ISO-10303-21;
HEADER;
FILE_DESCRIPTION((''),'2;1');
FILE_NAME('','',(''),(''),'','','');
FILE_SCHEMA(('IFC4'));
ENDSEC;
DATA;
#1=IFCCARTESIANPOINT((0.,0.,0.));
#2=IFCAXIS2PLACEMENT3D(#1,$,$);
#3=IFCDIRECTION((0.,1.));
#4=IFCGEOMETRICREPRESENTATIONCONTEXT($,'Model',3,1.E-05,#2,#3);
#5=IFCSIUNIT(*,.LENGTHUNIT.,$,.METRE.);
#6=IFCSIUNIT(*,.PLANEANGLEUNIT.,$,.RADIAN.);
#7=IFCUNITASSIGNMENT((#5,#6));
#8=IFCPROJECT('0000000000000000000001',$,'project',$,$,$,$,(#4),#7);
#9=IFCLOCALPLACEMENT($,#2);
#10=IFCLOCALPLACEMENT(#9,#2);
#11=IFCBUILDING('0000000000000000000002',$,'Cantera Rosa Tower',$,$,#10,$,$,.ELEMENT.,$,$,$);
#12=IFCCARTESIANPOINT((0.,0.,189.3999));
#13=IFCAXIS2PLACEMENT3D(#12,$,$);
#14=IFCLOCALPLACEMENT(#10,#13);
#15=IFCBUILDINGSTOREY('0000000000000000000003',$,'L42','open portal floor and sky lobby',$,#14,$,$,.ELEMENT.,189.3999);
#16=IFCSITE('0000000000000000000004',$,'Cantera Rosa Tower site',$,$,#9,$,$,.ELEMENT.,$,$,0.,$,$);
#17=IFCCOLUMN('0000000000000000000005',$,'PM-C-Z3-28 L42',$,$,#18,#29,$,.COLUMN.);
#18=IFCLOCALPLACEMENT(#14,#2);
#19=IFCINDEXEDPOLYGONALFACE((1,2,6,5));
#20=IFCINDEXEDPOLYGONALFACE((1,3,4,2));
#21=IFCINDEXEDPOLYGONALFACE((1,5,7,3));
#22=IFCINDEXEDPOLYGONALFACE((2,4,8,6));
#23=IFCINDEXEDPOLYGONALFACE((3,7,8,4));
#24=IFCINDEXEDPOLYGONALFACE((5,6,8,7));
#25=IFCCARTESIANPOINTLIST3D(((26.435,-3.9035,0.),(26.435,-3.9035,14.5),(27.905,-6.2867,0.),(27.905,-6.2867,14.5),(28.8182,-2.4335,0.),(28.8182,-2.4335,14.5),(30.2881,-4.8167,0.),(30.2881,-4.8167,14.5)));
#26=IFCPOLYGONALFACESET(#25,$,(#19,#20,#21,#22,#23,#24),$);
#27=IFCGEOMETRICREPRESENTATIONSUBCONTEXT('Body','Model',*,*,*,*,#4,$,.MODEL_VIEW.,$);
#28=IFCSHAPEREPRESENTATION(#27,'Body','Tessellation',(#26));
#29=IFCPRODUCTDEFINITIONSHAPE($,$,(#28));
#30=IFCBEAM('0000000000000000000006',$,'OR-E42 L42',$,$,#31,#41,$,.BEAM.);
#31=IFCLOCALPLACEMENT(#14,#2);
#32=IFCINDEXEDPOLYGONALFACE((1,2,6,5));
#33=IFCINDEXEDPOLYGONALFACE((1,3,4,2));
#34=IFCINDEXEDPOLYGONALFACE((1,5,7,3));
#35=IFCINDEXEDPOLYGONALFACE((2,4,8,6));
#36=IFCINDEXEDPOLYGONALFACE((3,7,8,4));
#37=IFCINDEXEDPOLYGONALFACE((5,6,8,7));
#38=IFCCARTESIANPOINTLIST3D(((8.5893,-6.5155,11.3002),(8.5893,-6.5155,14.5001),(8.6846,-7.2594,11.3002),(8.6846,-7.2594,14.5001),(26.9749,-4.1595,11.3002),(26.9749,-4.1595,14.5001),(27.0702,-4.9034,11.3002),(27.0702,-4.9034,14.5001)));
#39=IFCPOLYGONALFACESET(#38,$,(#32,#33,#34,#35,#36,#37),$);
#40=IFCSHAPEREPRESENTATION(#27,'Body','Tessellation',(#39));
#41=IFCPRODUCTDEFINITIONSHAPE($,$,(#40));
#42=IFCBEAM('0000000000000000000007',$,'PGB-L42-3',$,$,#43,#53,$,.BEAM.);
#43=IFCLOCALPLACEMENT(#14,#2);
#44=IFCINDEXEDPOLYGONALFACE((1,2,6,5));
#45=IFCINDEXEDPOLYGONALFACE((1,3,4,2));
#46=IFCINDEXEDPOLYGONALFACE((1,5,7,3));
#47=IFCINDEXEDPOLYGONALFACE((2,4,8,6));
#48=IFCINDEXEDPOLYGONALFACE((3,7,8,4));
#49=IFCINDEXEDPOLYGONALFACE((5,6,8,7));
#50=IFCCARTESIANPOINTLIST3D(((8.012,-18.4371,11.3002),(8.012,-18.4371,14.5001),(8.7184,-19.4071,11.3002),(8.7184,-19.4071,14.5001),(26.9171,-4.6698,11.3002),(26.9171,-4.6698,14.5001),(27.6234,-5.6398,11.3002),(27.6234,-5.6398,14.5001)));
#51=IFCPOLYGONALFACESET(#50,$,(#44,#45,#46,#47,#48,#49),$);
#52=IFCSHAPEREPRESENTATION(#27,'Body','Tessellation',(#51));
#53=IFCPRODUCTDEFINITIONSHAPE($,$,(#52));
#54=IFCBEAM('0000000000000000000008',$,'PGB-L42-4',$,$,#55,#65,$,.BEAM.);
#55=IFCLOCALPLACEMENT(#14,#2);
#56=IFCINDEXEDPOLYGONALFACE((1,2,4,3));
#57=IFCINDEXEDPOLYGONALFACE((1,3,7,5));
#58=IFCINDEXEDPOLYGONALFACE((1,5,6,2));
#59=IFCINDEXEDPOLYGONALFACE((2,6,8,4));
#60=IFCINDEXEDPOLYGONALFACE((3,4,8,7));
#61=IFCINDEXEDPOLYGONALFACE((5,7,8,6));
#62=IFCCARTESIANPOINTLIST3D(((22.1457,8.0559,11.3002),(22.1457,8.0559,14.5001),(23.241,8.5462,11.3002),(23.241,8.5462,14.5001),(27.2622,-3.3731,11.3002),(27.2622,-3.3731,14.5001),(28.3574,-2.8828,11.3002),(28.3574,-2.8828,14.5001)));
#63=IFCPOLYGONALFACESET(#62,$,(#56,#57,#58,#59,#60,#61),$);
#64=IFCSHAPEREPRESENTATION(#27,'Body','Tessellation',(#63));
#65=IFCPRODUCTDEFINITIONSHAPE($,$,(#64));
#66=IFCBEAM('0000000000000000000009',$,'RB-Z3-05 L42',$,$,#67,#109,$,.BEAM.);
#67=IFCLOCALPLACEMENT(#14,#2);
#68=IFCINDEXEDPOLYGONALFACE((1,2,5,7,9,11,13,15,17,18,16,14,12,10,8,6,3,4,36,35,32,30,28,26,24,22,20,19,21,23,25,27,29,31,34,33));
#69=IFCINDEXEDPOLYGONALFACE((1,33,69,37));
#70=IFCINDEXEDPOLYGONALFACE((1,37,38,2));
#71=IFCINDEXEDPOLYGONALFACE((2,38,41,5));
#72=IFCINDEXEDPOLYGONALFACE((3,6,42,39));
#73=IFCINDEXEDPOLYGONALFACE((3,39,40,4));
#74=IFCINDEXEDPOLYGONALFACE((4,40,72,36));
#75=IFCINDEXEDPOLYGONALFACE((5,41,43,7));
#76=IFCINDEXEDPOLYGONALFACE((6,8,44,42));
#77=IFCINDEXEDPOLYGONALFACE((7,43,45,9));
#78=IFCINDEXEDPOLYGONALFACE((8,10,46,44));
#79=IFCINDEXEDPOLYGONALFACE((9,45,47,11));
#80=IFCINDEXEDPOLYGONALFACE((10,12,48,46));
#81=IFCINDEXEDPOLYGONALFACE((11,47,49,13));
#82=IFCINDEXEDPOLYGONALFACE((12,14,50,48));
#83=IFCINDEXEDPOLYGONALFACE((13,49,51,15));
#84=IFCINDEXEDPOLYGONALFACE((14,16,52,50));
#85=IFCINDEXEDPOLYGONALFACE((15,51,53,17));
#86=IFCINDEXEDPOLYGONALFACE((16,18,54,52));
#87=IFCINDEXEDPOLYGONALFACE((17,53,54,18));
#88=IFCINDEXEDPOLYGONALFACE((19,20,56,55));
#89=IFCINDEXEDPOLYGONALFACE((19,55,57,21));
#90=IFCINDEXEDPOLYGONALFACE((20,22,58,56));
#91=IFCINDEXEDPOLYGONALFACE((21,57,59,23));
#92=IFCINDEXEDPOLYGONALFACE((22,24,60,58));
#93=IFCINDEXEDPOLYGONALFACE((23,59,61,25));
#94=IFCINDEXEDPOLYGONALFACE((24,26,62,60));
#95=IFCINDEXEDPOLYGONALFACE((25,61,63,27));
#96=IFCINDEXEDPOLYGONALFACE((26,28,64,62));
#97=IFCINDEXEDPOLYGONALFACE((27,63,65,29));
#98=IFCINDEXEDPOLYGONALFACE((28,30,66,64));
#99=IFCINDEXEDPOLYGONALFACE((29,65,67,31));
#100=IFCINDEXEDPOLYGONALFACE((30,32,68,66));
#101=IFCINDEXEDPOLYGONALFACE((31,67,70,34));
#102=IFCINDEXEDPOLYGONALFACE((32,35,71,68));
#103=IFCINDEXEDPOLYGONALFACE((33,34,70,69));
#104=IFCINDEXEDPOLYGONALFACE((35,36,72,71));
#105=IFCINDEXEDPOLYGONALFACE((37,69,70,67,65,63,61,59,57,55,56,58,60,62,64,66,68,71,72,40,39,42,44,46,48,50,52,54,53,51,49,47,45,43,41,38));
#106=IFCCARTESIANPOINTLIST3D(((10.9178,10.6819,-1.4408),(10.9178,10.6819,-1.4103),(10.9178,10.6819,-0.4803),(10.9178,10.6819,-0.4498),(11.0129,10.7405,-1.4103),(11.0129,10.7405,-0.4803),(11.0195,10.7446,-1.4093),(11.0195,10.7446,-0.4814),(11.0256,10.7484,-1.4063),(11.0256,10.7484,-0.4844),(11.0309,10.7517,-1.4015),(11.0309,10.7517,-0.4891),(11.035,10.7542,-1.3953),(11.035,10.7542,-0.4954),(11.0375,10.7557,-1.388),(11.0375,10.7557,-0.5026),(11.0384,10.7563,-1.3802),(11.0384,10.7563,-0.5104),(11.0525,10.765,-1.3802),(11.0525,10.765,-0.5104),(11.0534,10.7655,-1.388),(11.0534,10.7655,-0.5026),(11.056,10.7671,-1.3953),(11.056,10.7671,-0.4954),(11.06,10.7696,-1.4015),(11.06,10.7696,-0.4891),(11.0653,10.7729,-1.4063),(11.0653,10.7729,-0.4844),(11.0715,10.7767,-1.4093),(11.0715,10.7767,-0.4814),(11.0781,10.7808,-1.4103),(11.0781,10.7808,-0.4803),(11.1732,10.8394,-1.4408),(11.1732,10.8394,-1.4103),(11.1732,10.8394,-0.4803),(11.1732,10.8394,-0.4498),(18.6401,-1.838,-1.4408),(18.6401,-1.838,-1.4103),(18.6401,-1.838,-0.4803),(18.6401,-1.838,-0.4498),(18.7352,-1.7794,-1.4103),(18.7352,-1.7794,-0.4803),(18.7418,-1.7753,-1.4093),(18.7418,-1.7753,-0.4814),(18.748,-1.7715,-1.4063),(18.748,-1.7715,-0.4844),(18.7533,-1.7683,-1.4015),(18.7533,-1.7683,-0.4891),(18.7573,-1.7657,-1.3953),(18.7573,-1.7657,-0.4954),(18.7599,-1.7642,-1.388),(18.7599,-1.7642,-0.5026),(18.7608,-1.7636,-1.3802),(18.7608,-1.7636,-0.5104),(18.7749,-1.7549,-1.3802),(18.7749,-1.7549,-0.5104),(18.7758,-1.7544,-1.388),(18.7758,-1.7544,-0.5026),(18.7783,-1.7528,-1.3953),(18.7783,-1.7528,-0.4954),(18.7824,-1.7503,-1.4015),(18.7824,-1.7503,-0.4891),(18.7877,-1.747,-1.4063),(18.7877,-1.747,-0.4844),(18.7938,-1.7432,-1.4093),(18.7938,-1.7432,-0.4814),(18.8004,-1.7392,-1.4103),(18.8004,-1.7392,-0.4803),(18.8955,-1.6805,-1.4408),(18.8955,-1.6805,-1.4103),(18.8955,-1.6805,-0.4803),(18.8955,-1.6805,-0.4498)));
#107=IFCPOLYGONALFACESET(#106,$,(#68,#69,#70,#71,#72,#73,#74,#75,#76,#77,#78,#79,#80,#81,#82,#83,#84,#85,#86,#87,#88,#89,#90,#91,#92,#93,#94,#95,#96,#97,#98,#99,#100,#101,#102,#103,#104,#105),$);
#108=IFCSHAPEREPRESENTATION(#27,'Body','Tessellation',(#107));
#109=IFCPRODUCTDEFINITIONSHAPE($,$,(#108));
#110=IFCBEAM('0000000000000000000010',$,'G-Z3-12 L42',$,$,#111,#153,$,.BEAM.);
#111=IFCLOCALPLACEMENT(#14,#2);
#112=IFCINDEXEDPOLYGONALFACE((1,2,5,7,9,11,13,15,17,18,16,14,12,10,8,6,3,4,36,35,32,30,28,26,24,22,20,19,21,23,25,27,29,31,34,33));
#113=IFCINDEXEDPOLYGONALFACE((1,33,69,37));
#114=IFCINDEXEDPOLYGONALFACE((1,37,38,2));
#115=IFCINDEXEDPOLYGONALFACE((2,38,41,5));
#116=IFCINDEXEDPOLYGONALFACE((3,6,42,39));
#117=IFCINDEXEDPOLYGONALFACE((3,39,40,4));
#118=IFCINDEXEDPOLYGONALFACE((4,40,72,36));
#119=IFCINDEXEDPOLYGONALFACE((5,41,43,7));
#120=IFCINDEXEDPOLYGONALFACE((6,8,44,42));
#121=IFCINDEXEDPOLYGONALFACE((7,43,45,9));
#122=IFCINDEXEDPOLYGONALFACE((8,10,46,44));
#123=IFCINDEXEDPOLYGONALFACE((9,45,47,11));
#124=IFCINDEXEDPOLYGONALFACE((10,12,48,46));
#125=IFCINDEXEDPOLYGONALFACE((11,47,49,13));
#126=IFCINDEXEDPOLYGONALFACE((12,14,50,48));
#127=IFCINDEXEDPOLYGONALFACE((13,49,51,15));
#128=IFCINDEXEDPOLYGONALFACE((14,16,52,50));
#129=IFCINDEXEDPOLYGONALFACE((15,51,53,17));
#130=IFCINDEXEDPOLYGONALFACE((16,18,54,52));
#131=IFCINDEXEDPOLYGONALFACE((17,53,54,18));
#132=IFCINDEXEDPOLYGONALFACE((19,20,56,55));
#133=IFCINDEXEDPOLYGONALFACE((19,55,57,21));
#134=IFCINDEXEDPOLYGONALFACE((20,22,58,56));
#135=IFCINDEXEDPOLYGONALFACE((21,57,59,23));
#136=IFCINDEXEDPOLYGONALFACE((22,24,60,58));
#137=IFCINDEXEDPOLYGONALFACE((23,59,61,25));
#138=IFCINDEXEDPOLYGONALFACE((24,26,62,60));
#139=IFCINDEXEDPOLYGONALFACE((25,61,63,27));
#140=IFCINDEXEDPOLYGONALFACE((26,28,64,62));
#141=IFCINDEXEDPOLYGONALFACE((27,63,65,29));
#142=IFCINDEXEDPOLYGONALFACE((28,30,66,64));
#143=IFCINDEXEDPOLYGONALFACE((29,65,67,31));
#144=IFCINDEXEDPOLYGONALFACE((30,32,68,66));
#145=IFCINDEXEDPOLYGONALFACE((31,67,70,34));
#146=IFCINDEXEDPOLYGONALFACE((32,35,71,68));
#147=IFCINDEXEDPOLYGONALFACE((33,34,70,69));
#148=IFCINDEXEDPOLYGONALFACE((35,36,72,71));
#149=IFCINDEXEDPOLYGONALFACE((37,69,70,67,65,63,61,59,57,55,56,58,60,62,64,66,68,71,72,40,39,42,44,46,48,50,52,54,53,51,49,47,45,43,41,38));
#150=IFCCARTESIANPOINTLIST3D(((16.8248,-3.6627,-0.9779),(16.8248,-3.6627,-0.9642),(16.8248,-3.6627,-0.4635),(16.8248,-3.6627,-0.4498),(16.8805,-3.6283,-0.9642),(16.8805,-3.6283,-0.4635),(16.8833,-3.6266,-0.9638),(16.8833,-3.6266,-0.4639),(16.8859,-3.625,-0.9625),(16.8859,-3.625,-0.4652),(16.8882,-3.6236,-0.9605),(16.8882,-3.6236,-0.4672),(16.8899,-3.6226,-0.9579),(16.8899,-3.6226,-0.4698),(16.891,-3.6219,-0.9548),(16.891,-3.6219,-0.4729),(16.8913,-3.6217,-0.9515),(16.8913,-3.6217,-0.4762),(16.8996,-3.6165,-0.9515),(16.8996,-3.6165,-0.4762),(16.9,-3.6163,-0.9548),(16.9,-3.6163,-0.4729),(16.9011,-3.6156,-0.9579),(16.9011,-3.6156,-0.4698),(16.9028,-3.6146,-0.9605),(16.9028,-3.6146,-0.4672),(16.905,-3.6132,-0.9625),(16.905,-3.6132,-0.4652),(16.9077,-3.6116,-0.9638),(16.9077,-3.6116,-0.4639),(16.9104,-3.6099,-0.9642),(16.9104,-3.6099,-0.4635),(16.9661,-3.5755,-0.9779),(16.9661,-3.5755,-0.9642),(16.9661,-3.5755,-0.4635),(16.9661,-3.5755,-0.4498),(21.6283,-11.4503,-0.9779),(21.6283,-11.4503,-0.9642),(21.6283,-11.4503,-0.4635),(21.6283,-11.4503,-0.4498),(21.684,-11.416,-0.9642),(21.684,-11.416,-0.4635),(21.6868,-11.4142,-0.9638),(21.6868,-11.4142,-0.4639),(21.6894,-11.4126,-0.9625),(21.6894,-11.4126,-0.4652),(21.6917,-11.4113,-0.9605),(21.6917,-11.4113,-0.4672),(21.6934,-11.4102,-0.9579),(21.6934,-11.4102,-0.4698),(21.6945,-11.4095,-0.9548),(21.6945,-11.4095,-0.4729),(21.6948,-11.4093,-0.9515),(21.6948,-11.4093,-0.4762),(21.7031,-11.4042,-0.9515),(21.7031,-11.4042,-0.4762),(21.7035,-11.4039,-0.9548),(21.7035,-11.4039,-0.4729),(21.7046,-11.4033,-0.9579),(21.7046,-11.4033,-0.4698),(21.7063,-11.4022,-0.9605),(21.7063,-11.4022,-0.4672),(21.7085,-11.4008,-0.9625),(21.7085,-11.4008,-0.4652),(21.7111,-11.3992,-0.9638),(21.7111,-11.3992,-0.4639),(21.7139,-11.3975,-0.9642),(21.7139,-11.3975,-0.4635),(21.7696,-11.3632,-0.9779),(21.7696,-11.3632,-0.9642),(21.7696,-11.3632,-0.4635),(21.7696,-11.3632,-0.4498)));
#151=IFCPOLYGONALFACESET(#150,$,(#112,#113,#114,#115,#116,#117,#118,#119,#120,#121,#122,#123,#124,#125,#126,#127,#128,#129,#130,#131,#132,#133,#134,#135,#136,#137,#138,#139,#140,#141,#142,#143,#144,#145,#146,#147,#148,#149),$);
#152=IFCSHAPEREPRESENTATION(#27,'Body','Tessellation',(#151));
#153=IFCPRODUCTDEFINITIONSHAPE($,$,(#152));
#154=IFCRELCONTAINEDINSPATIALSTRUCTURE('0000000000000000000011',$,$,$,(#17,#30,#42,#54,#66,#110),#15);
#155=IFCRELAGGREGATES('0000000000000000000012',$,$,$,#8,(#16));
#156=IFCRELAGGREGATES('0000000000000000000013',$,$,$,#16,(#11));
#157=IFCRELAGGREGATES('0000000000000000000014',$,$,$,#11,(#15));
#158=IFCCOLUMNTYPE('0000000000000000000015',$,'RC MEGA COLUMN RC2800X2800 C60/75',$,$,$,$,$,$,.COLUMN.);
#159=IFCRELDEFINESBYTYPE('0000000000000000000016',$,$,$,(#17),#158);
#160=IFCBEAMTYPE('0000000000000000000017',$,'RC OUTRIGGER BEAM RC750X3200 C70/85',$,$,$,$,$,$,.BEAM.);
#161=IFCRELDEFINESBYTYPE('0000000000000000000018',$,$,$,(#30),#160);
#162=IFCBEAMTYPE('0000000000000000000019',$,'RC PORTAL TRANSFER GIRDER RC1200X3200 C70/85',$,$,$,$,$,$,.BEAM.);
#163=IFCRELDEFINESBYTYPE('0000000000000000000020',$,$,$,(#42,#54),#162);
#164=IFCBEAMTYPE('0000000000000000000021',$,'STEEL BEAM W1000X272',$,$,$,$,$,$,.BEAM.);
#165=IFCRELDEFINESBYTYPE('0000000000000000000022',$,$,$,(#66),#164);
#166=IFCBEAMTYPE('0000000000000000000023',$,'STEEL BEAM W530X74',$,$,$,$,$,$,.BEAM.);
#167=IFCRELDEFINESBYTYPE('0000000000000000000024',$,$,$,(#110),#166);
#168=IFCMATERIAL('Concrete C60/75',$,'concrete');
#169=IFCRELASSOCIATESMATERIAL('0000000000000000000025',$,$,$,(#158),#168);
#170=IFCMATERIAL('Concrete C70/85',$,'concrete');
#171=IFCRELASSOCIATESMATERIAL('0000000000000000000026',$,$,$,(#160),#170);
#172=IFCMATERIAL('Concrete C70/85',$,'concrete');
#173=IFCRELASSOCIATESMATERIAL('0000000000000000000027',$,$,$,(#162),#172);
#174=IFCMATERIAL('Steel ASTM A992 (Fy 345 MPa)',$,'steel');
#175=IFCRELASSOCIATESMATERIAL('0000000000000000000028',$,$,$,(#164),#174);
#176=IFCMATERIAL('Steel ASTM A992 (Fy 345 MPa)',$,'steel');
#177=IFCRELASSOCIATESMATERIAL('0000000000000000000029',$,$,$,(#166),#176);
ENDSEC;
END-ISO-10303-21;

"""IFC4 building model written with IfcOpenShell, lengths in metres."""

from ifc_helpers import new_model, si_unit, direction, frame, origin, origin_2d, place, context, subcontext, project, spatial, rectangle, i_section, extrude, material, material_profile, profile_set, type_object, element, save


model = new_model("IFC4")

# Units and contexts
model_context = context("Model", 3, precision=1e-05, world=origin(), true_north=direction((0.0, 1.0)))
body_context = subcontext(model_context, "Body", "Model", "MODEL_VIEW")
ifc_project = project(units=[si_unit("LENGTHUNIT", "METRE"), si_unit("PLANEANGLEUNIT", "RADIAN")], contexts=[model_context])

# Site, building, storey
site_placement = place(None, origin())
site = spatial("IfcSite", under=ifc_project, at=site_placement, Name="Cantera Rosa Tower site", CompositionType="ELEMENT", RefElevation=0.0)
building_placement = place(site_placement, origin())
building = spatial("IfcBuilding", under=site, at=building_placement, Name="Cantera Rosa Tower", CompositionType="ELEMENT")
storey_placement = place(building_placement, frame((0.0, 0.0, 189.3999)))
storey = spatial("IfcBuildingStorey", under=building, at=storey_placement, Name="L42", Description="open portal floor and sky lobby", CompositionType="ELEMENT", Elevation=189.3999)

# Column
ifc_material_1 = material(Name="Concrete C60/75", Category="concrete")
ifc_material_profile_1 = material_profile(ifc_material_1, rectangle(XDim=2.8, YDim=2.8, at=origin_2d()), Name="RC MEGA COLUMN RC2800X2800 C60/75")
ifc_profile_set_1 = profile_set([ifc_material_profile_1], Name="Concrete C60/75")
column_type = type_object("IfcColumnType", Name="RC MEGA COLUMN RC2800X2800 C60/75", PredefinedType="COLUMN", material=ifc_profile_set_1)
column_placement = place(storey_placement, frame((28.3616, -4.3601, 0.0), z_axis=(0.0, 0.0, 1.0), x_axis=(0.851117, 0.524977, 0.0)))
element("IfcColumn", 1, at=column_placement, inside=storey, type_object=column_type, Name="PM-C-Z3-28 L42", PredefinedType="COLUMN", context=body_context, shape_type="SweptSolid", body=[
    extrude(rectangle(XDim=2.8, YDim=2.8, at=origin_2d()), origin(), (0.0, 0.0, 1.0), 14.5),
])

# Beams
ifc_material_2 = material(Name="Concrete C70/85", Category="concrete")
ifc_material_profile_2 = material_profile(ifc_material_2, rectangle(XDim=0.75, YDim=3.2, at=origin_2d()), Name="RC OUTRIGGER BEAM RC750X3200 C70/85")
ifc_profile_set_2 = profile_set([ifc_material_profile_2], Name="Concrete C70/85")
beam_type_1 = type_object("IfcBeamType", Name="RC OUTRIGGER BEAM RC750X3200 C70/85", PredefinedType="BEAM", material=ifc_profile_set_2)
beam_1_placement = place(storey_placement, frame((8.637, -6.8875, 12.9001), z_axis=(0.99189, 0.127103, 0.0), x_axis=(-0.127103, 0.99189, 0.0)))
element("IfcBeam", 2, at=beam_1_placement, inside=storey, type_object=beam_type_1, Name="OR-E42 L42", PredefinedType="BEAM", context=body_context, shape_type="SweptSolid", body=[
    extrude(rectangle(XDim=0.75, YDim=3.2, at=origin_2d()), origin(), (0.0, 0.0, 1.0), 18.5359),
])
ifc_material_3 = material(Name="Concrete C70/85", Category="concrete")
ifc_material_profile_3 = material_profile(ifc_material_3, rectangle(XDim=1.2, YDim=3.2, at=origin_2d()), Name="RC PORTAL TRANSFER GIRDER RC1200X3200 C70/85")
ifc_profile_set_3 = profile_set([ifc_material_profile_3], Name="Concrete C70/85")
beam_type_2 = type_object("IfcBeamType", Name="RC PORTAL TRANSFER GIRDER RC1200X3200 C70/85", PredefinedType="BEAM", material=ifc_profile_set_3)
beam_2_placement = place(storey_placement, frame((8.3652, -18.9221, 12.9001), z_axis=(0.808365, 0.588681, 0.0), x_axis=(-0.588681, 0.808365, 0.0)))
element("IfcBeam", 3, at=beam_2_placement, inside=storey, type_object=beam_type_2, Name="PGB-L42-3", PredefinedType="BEAM", context=body_context, shape_type="SweptSolid", body=[
    extrude(rectangle(XDim=1.2, YDim=3.2, at=origin_2d()), origin(), (0.0, 0.0, 1.0), 23.3867),
])
beam_3_placement = place(storey_placement, frame((27.8098, -3.1279, 12.9001), z_axis=(-0.408599, 0.912714, 0.0), x_axis=(-0.912714, -0.408599, 0.0)))
element("IfcBeam", 4, at=beam_3_placement, inside=storey, type_object=beam_type_2, Name="PGB-L42-4", PredefinedType="BEAM", context=body_context, shape_type="SweptSolid", body=[
    extrude(rectangle(XDim=1.2, YDim=3.2, at=origin_2d()), origin(), (0.0, 0.0, 1.0), 12.522),
])
ifc_material_4 = material(Name="Steel ASTM A992 (Fy 345 MPa)", Category="steel")
ifc_material_profile_4 = material_profile(ifc_material_4, i_section(OverallWidth=0.3, OverallDepth=0.991, WebThickness=0.0166, FlangeThickness=0.0305, FilletRadius=0.03, at=origin_2d()), Name="W1000X272")
ifc_profile_set_4 = profile_set([ifc_material_profile_4], Name="Steel ASTM A992 (Fy 345 MPa)")
beam_type_3 = type_object("IfcBeamType", Name="STEEL BEAM W1000X272", PredefinedType="BEAM", material=ifc_profile_set_4)
beam_4_placement = place(storey_placement, frame((18.7678, -1.7593, -0.9453), z_axis=(-0.524974, 0.851118, 0.0), x_axis=(-0.851118, -0.524974, 0.0)))
element("IfcBeam", 5, at=beam_4_placement, inside=storey, type_object=beam_type_3, Name="RB-Z3-05 L42", PredefinedType="BEAM", context=body_context, shape_type="SweptSolid", body=[
    extrude(i_section(OverallWidth=0.3, OverallDepth=0.991, WebThickness=0.0166, FlangeThickness=0.0305, FilletRadius=0.03, at=origin_2d()), origin(), (0.0, 0.0, 1.0), 14.71),
])
ifc_material_5 = material(Name="Steel ASTM A992 (Fy 345 MPa)", Category="steel")
ifc_material_profile_5 = material_profile(ifc_material_5, i_section(OverallWidth=0.166, OverallDepth=0.5281, WebThickness=0.0098, FlangeThickness=0.0137, FilletRadius=0.0127, at=origin_2d()), Name="W530X74")
ifc_profile_set_5 = profile_set([ifc_material_profile_5], Name="Steel ASTM A992 (Fy 345 MPa)")
beam_type_4 = type_object("IfcBeamType", Name="STEEL BEAM W530X74", PredefinedType="BEAM", material=ifc_profile_set_5)
beam_5_placement = place(storey_placement, frame((21.699, -11.4067, -0.7139), z_axis=(-0.524977, 0.851116, 0.0), x_axis=(-0.851116, -0.524977, 0.0)))
element("IfcBeam", 6, at=beam_5_placement, inside=storey, type_object=beam_type_4, Name="G-Z3-12 L42", PredefinedType="BEAM", context=body_context, shape_type="SweptSolid", body=[
    extrude(i_section(OverallWidth=0.166, OverallDepth=0.5281, WebThickness=0.0098, FlangeThickness=0.0137, FilletRadius=0.0127, at=origin_2d()), origin(), (0.0, 0.0, 1.0), 9.1499),
])

save(model, "model.ifc")
